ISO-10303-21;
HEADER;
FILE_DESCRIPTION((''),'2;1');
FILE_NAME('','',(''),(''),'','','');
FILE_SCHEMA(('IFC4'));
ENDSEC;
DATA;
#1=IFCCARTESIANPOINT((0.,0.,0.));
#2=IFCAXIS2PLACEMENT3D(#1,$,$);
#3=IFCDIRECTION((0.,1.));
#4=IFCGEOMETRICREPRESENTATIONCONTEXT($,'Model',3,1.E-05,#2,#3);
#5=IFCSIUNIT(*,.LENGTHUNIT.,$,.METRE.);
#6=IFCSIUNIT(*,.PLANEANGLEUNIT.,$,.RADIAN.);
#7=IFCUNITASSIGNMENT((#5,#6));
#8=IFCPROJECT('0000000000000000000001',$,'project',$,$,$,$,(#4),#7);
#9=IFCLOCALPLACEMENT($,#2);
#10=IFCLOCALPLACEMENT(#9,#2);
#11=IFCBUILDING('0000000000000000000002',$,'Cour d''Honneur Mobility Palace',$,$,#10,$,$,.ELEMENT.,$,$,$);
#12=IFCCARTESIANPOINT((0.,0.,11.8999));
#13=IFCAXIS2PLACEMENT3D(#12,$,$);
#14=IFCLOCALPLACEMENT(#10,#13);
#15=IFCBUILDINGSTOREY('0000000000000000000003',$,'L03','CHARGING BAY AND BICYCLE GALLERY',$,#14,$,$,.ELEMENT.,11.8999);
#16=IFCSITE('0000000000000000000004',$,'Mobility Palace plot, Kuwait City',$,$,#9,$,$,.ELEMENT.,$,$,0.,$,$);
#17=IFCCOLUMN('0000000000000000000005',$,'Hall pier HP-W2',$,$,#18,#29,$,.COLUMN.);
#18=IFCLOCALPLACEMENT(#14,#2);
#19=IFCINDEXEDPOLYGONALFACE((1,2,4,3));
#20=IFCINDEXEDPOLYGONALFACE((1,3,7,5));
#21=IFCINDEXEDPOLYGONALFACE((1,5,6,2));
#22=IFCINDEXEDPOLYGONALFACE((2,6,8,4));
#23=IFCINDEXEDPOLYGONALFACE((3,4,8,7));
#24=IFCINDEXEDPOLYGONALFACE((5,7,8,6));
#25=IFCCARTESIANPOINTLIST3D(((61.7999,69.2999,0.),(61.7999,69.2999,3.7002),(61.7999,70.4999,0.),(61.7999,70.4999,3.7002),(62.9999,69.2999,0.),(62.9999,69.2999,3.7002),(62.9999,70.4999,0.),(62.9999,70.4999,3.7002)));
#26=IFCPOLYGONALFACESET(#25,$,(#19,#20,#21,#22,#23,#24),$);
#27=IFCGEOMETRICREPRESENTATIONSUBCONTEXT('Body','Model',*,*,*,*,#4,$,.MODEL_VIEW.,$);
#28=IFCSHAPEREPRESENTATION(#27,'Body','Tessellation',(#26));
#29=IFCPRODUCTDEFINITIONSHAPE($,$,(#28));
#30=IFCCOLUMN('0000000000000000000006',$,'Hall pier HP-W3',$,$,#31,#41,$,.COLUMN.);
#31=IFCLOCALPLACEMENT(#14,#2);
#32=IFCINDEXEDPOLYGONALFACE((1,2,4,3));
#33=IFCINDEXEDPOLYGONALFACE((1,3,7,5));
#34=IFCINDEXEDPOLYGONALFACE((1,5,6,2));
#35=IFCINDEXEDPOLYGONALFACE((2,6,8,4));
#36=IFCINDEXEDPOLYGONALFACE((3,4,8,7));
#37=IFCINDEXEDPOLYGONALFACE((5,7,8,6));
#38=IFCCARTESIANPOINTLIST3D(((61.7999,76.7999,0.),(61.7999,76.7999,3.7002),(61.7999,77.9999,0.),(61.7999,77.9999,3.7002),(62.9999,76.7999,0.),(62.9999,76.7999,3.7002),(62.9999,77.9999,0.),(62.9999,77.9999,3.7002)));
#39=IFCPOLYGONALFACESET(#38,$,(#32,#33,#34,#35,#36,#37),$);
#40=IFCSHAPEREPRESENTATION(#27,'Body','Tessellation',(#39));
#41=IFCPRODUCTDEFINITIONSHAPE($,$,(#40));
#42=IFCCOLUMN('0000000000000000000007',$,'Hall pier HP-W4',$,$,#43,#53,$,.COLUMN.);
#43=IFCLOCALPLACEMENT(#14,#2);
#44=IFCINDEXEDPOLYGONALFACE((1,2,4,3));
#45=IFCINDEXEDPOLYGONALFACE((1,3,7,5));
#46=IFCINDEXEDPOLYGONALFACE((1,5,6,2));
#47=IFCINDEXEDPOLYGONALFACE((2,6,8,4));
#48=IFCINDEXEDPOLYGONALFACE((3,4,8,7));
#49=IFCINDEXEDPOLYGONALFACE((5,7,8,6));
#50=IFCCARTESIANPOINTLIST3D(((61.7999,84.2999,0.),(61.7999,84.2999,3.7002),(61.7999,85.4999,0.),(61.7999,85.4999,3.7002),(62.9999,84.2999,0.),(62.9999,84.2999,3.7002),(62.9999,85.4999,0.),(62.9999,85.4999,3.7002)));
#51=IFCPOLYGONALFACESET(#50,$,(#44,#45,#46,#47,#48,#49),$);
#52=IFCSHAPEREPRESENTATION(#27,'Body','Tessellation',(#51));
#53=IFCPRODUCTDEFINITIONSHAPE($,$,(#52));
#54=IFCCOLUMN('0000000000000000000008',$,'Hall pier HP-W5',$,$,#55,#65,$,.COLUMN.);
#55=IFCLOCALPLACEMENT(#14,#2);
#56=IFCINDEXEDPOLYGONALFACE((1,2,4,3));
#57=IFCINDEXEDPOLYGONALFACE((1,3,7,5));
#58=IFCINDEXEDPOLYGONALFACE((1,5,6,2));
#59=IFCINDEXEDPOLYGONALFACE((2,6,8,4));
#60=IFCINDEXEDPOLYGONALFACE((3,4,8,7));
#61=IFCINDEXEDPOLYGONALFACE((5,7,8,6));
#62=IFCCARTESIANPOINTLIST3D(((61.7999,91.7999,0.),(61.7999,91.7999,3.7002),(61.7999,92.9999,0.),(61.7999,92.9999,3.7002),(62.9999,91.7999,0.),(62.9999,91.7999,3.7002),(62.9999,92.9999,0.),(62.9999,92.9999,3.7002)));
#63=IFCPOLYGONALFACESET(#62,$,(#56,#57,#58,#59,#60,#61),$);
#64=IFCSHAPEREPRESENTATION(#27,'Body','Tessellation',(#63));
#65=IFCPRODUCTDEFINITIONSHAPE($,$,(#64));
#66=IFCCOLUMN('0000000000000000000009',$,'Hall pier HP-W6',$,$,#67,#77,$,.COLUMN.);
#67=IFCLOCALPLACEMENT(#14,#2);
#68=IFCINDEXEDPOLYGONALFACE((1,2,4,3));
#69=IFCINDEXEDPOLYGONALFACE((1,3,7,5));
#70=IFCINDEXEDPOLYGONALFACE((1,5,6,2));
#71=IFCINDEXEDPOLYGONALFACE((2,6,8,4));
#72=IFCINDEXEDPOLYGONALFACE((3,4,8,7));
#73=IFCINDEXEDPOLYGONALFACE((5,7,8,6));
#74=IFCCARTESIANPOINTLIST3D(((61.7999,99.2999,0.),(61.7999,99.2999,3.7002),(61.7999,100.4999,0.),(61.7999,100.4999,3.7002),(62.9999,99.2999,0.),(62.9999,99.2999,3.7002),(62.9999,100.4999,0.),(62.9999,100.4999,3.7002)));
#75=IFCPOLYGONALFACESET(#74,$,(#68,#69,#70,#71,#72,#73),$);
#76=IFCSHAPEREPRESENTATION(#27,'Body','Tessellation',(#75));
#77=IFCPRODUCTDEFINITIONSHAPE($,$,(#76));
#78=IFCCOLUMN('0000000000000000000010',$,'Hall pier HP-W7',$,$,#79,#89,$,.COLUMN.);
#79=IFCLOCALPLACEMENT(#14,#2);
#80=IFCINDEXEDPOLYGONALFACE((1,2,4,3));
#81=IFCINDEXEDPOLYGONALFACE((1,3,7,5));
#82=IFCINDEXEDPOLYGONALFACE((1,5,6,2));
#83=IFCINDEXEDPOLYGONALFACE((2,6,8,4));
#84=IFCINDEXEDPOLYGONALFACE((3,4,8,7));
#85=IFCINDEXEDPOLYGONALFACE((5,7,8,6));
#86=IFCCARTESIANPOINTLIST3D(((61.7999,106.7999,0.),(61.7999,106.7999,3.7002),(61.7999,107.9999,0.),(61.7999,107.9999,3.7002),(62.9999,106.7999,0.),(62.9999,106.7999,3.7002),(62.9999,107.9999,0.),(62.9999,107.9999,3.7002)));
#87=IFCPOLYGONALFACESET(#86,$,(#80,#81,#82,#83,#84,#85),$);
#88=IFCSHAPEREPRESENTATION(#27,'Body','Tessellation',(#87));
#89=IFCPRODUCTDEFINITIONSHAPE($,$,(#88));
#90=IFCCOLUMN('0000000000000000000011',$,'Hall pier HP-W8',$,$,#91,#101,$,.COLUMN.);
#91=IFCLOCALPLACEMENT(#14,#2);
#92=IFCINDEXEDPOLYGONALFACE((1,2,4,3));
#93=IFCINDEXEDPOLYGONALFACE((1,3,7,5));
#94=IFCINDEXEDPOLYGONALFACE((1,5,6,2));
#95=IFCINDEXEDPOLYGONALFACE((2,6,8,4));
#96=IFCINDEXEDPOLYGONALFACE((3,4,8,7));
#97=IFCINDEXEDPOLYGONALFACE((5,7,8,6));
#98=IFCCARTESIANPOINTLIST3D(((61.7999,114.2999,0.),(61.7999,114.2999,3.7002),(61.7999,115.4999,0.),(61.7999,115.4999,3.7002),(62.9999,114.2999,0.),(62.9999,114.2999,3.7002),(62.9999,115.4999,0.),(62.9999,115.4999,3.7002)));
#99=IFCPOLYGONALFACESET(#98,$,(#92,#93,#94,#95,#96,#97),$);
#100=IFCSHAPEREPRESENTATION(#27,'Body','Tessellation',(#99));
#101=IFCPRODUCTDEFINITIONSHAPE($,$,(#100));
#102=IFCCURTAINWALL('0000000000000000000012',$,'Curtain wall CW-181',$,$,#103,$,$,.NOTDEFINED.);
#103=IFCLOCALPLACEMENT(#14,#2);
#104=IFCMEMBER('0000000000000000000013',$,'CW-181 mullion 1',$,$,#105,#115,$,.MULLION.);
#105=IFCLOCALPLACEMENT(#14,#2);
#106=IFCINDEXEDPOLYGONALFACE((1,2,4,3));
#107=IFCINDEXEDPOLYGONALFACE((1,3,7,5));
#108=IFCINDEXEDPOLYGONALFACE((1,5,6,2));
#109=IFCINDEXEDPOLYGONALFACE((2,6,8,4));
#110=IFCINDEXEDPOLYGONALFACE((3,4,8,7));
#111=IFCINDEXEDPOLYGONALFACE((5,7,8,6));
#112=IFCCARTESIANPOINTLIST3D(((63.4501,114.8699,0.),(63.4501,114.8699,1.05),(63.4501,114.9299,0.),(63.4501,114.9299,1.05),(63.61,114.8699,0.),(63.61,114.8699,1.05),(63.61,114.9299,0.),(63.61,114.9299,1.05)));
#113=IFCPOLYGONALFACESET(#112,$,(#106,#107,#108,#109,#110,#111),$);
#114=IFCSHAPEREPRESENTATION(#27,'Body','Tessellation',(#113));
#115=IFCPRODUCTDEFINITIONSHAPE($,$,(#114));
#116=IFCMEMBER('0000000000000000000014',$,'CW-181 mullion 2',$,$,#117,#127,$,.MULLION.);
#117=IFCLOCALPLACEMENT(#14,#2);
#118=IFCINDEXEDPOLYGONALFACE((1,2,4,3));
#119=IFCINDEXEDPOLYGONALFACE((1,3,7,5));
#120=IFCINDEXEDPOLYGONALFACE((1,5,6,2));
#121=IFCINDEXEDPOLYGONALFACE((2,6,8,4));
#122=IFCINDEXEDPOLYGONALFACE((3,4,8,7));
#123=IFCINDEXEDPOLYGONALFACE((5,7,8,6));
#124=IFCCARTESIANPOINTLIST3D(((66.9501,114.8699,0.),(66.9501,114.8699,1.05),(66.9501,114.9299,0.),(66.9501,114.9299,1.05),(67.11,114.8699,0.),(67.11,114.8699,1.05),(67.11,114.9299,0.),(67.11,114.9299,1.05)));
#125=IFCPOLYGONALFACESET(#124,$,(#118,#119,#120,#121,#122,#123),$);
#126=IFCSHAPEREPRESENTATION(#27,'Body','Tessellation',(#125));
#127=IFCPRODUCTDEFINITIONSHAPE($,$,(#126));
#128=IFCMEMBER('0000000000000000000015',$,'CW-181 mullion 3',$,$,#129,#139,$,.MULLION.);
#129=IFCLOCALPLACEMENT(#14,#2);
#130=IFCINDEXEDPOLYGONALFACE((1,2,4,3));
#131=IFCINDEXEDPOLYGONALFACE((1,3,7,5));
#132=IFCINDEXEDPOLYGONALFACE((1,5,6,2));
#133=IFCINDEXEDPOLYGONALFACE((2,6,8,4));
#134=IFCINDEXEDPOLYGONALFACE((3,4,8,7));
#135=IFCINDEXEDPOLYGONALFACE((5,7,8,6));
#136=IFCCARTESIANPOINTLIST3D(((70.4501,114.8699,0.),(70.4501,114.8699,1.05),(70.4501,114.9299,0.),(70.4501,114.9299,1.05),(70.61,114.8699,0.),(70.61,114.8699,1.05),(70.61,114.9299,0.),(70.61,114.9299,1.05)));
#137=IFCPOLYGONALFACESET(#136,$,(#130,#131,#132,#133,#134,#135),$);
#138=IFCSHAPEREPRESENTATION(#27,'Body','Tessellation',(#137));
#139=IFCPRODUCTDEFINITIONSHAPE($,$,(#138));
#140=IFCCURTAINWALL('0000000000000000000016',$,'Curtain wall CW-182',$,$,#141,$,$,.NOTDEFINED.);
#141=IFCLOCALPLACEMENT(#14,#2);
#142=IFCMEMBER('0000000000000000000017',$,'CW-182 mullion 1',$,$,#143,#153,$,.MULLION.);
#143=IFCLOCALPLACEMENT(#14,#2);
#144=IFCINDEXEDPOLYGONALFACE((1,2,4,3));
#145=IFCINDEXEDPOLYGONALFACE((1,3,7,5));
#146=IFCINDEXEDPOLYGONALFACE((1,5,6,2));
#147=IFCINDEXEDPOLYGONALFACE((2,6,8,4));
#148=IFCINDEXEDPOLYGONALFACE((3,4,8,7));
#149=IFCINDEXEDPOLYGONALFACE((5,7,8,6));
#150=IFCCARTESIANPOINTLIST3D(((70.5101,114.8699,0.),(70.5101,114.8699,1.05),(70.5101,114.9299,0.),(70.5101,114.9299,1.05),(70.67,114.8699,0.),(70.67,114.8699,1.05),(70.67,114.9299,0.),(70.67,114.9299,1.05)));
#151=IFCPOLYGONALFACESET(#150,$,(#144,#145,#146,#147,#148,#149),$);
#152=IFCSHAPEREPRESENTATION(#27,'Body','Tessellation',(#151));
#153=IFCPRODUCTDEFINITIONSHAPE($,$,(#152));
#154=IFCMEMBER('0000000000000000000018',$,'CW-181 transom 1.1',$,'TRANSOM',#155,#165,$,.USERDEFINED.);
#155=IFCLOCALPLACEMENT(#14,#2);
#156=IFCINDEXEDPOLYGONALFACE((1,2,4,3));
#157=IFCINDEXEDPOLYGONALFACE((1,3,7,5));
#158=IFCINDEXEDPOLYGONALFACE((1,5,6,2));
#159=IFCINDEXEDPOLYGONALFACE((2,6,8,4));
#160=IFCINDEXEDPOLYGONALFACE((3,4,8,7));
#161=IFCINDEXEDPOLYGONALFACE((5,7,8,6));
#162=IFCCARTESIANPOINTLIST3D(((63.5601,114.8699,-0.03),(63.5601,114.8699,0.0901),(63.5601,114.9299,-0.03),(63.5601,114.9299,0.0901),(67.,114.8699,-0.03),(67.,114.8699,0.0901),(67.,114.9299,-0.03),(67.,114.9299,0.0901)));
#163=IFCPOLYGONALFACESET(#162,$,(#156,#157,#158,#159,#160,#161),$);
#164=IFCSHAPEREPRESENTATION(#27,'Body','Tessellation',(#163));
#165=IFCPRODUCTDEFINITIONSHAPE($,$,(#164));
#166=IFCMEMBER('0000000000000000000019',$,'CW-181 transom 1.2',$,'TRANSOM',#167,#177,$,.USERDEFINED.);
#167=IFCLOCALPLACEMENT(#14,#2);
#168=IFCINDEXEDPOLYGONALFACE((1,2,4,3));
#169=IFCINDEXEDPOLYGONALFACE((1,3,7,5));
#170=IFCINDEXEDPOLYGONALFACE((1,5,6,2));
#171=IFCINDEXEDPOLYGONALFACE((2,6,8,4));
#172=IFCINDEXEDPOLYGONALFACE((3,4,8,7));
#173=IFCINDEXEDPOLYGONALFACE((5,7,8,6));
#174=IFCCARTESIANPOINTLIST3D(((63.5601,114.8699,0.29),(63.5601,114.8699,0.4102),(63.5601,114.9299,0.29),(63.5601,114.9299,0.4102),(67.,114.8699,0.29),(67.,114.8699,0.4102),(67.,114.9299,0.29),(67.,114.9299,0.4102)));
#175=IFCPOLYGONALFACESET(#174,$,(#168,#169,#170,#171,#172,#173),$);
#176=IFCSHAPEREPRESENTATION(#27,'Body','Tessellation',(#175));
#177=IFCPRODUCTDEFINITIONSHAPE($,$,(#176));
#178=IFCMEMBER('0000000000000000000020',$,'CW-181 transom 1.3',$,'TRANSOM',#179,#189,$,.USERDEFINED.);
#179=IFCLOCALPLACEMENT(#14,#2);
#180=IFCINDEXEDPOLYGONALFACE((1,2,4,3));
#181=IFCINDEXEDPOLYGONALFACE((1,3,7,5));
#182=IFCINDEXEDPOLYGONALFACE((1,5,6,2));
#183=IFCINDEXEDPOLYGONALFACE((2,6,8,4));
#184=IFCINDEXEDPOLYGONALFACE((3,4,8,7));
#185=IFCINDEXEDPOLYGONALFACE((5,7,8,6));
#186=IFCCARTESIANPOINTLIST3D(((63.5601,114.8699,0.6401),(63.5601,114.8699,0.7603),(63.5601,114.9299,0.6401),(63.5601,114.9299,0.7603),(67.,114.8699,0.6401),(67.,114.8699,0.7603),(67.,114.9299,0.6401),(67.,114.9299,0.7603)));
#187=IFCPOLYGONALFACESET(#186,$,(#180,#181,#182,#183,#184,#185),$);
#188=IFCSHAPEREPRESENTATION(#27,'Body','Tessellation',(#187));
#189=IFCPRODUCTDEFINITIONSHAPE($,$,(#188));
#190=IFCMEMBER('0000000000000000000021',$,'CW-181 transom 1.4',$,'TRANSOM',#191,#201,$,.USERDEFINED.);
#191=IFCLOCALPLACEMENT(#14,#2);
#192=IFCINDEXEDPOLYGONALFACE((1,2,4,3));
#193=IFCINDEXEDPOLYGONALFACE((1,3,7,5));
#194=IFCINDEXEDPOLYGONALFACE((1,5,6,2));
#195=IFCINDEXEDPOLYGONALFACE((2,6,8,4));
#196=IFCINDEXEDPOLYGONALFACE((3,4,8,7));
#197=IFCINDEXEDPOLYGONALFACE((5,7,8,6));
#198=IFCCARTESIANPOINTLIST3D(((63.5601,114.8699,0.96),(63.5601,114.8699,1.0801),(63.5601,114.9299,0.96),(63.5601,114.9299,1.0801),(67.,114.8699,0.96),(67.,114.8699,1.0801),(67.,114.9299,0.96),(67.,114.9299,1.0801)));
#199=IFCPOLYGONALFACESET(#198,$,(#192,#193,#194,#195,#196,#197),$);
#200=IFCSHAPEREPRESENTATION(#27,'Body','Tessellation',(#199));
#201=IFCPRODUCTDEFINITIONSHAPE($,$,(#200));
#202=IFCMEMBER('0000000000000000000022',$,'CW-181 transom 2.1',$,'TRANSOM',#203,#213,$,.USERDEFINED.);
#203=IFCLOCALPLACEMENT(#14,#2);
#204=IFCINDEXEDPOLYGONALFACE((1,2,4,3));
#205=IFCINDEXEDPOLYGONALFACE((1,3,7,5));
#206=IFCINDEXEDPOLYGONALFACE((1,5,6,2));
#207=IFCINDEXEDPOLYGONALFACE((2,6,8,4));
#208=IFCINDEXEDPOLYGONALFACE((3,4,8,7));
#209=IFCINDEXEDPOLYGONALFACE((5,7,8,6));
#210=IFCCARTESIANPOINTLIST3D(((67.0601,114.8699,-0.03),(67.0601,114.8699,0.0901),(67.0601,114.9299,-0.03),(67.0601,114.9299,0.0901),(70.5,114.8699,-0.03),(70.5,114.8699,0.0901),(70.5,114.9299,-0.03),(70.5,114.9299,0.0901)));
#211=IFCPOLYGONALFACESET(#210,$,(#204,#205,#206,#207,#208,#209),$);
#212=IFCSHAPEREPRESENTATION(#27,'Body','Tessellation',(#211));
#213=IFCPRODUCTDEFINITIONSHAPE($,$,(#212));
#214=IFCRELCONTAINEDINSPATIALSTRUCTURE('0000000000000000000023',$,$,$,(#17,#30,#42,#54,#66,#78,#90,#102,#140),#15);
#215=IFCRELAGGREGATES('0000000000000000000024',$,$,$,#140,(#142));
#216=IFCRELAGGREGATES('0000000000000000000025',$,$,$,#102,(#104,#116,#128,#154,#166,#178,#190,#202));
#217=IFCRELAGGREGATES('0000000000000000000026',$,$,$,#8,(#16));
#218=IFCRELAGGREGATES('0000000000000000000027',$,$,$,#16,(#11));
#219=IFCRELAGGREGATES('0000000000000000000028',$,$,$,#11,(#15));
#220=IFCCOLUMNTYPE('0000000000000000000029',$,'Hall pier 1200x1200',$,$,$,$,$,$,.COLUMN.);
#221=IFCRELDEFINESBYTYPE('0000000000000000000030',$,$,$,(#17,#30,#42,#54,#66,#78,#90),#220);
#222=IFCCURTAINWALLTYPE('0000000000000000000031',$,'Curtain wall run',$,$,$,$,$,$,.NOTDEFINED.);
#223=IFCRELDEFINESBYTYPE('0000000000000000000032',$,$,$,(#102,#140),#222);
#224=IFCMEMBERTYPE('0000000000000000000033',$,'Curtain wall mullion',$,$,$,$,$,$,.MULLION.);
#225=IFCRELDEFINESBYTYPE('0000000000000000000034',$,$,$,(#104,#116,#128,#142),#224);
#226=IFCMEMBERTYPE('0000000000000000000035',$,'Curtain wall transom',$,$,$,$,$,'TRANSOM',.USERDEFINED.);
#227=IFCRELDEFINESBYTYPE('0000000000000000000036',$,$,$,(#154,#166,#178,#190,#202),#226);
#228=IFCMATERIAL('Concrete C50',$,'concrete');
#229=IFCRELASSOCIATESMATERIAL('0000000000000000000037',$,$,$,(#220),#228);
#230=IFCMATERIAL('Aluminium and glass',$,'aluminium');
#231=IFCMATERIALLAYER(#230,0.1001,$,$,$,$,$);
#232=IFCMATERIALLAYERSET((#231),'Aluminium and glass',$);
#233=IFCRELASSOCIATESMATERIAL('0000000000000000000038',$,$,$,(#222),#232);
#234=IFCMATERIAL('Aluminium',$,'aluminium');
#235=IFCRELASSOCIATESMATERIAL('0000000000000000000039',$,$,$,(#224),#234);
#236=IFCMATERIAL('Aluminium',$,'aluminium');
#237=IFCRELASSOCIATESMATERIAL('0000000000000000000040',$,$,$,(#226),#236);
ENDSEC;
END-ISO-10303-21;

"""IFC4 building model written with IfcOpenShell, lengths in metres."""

from ifc_helpers import new_model, si_unit, direction, frame, origin, origin_2d, place, context, subcontext, project, spatial, rectangle, extrude, material, layer, layer_set, material_profile, profile_set, type_object, element, aggregate, save


model = new_model("IFC4")

# Units and contexts
model_context = context("Model", 3, precision=1e-05, world=origin(), true_north=direction((0.0, 1.0)))
body_context = subcontext(model_context, "Body", "Model", "MODEL_VIEW")
ifc_project = project(units=[si_unit("LENGTHUNIT", "METRE"), si_unit("PLANEANGLEUNIT", "RADIAN")], contexts=[model_context])

# Site, building, storey
site_placement = place(None, origin())
site = spatial("IfcSite", under=ifc_project, at=site_placement, Name="Mobility Palace plot, Kuwait City", CompositionType="ELEMENT", RefElevation=0.0)
building_placement = place(site_placement, origin())
building = spatial("IfcBuilding", under=site, at=building_placement, Name="Cour d'Honneur Mobility Palace", CompositionType="ELEMENT")
storey_placement = place(building_placement, frame((0.0, 0.0, 11.8999)))
storey = spatial("IfcBuildingStorey", under=building, at=storey_placement, Name="L03", Description="CHARGING BAY AND BICYCLE GALLERY", CompositionType="ELEMENT", Elevation=11.8999)

# Columns
ifc_material_1 = material(Name="Concrete C50", Category="concrete")
ifc_material_profile_1 = material_profile(ifc_material_1, rectangle(XDim=1.2, YDim=1.2, at=origin_2d()), Name="Hall pier 1200x1200")
ifc_profile_set_1 = profile_set([ifc_material_profile_1], Name="Concrete C50")
column_type = type_object("IfcColumnType", Name="Hall pier 1200x1200", PredefinedType="COLUMN", material=ifc_profile_set_1)
for number, where, z_axis, x_axis, name in (
    (1, (62.3999, 69.8999, 0.0), (0.0, 0.0, 1.0), (1.0, 0.0, 0.0), "Hall pier HP-W2"),
    (2, (62.3999, 77.3999, 0.0), (0.0, 0.0, 1.0), (1.0, 0.0, 0.0), "Hall pier HP-W3"),
    (3, (62.3999, 84.8999, 0.0), (0.0, 0.0, 1.0), (1.0, 0.0, 0.0), "Hall pier HP-W4"),
    (4, (62.3999, 92.3999, 0.0), (0.0, 0.0, 1.0), (1.0, 0.0, 0.0), "Hall pier HP-W5"),
    (5, (62.3999, 99.8999, 0.0), (0.0, 0.0, 1.0), (1.0, 0.0, 0.0), "Hall pier HP-W6"),
    (6, (62.3999, 107.3999, 0.0), (0.0, 0.0, 1.0), (1.0, 0.0, 0.0), "Hall pier HP-W7"),
    (7, (62.3999, 114.8999, 0.0), (0.0, 0.0, 1.0), (1.0, 0.0, 0.0), "Hall pier HP-W8"),
):
    element("IfcColumn", number, at=place(storey_placement, frame(where, z_axis=z_axis, x_axis=x_axis)), inside=storey, type_object=column_type, Name=name, PredefinedType="COLUMN", context=body_context, shape_type="SweptSolid", body=[
        extrude(rectangle(XDim=1.2, YDim=1.2, at=origin_2d()), origin(), (0.0, 0.0, 1.0), 3.7002),
    ])

# Curtain wall, members
ifc_material_2 = material(Name="Aluminium and glass", Category="aluminium")
ifc_layer_1 = layer(ifc_material_2, 0.1001)
ifc_layer_set_1 = layer_set([ifc_layer_1], Name="Aluminium and glass")
curtain_wall_type = type_object("IfcCurtainWallType", Name="Curtain wall run", PredefinedType="NOTDEFINED", material=ifc_layer_set_1)
curtain_wall_1_placement = place(storey_placement, origin())
curtain_wall_1 = element("IfcCurtainWall", 8, at=curtain_wall_1_placement, inside=storey, type_object=curtain_wall_type, Name="Curtain wall CW-181", PredefinedType="NOTDEFINED")
ifc_material_3 = material(Name="Aluminium", Category="aluminium")
ifc_material_profile_2 = material_profile(ifc_material_3, rectangle(XDim=0.0601, YDim=0.1599, at=origin_2d()), Name="Curtain wall mullion")
ifc_profile_set_2 = profile_set([ifc_material_profile_2], Name="Aluminium")
member_type_1 = type_object("IfcMemberType", Name="Curtain wall mullion", PredefinedType="MULLION", material=ifc_profile_set_2)
member_1_placement = place(storey_placement, frame((63.53, 114.8999, 0.0), z_axis=(0.0, 0.0, 1.0), x_axis=(0.0, 1.0, 0.0)))
member_1 = element("IfcMember", 9, at=member_1_placement, type_object=member_type_1, Name="CW-181 mullion 1", PredefinedType="MULLION", context=body_context, shape_type="SweptSolid", body=[
    extrude(rectangle(XDim=0.0601, YDim=0.1599, at=origin_2d()), origin(), (0.0, 0.0, 1.0), 1.05),
])
member_2_placement = place(storey_placement, frame((67.03, 114.8999, 0.0), z_axis=(0.0, 0.0, 1.0), x_axis=(0.0, 1.0, 0.0)))
member_2 = element("IfcMember", 10, at=member_2_placement, type_object=member_type_1, Name="CW-181 mullion 2", PredefinedType="MULLION", context=body_context, shape_type="SweptSolid", body=[
    extrude(rectangle(XDim=0.0601, YDim=0.1599, at=origin_2d()), origin(), (0.0, 0.0, 1.0), 1.05),
])
member_3_placement = place(storey_placement, frame((70.53, 114.8999, 0.0), z_axis=(0.0, 0.0, 1.0), x_axis=(0.0, 1.0, 0.0)))
member_3 = element("IfcMember", 11, at=member_3_placement, type_object=member_type_1, Name="CW-181 mullion 3", PredefinedType="MULLION", context=body_context, shape_type="SweptSolid", body=[
    extrude(rectangle(XDim=0.0601, YDim=0.1599, at=origin_2d()), origin(), (0.0, 0.0, 1.0), 1.05),
])

# Curtain wall, member
curtain_wall_2_placement = place(storey_placement, origin())
curtain_wall_2 = element("IfcCurtainWall", 12, at=curtain_wall_2_placement, inside=storey, type_object=curtain_wall_type, Name="Curtain wall CW-182", PredefinedType="NOTDEFINED")
member_4_placement = place(storey_placement, frame((70.5901, 114.8999, 0.0), z_axis=(0.0, 0.0, 1.0), x_axis=(0.0, 1.0, 0.0)))
member_4 = element("IfcMember", 13, at=member_4_placement, type_object=member_type_1, Name="CW-182 mullion 1", PredefinedType="MULLION", context=body_context, shape_type="SweptSolid", body=[
    extrude(rectangle(XDim=0.0601, YDim=0.1599, at=origin_2d()), origin(), (0.0, 0.0, 1.0), 1.05),
])

# Members
ifc_material_4 = material(Name="Aluminium", Category="aluminium")
ifc_material_profile_3 = material_profile(ifc_material_4, rectangle(XDim=0.0601, YDim=0.1201, at=origin_2d()), Name="Curtain wall transom")
ifc_profile_set_3 = profile_set([ifc_material_profile_3], Name="Aluminium")
member_type_2 = type_object("IfcMemberType", Name="Curtain wall transom", ElementType="TRANSOM", PredefinedType="USERDEFINED", material=ifc_profile_set_3)
member_5_placement = place(storey_placement, frame((63.5601, 114.8999, 0.03), z_axis=(1.0, 0.0, 0.0), x_axis=(0.0, 1.0, 0.0)))
member_5 = element("IfcMember", 14, at=member_5_placement, type_object=member_type_2, Name="CW-181 transom 1.1", ObjectType="TRANSOM", PredefinedType="USERDEFINED", context=body_context, shape_type="SweptSolid", body=[
    extrude(rectangle(XDim=0.0601, YDim=0.1201, at=origin_2d()), origin(), (0.0, 0.0, 1.0), 3.4399),
])
member_6_placement = place(storey_placement, frame((63.5601, 114.8999, 0.3501), z_axis=(1.0, 0.0, 0.0), x_axis=(0.0, 1.0, 0.0)))
member_6 = element("IfcMember", 15, at=member_6_placement, type_object=member_type_2, Name="CW-181 transom 1.2", ObjectType="TRANSOM", PredefinedType="USERDEFINED", context=body_context, shape_type="SweptSolid", body=[
    extrude(rectangle(XDim=0.0601, YDim=0.1201, at=origin_2d()), origin(), (0.0, 0.0, 1.0), 3.4399),
])
member_7_placement = place(storey_placement, frame((63.5601, 114.8999, 0.7002), z_axis=(1.0, 0.0, 0.0), x_axis=(0.0, 1.0, 0.0)))
member_7 = element("IfcMember", 16, at=member_7_placement, type_object=member_type_2, Name="CW-181 transom 1.3", ObjectType="TRANSOM", PredefinedType="USERDEFINED", context=body_context, shape_type="SweptSolid", body=[
    extrude(rectangle(XDim=0.0601, YDim=0.1201, at=origin_2d()), origin(), (0.0, 0.0, 1.0), 3.4399),
])
member_8_placement = place(storey_placement, frame((63.5601, 114.8999, 1.02), z_axis=(1.0, 0.0, 0.0), x_axis=(0.0, 1.0, 0.0)))
member_8 = element("IfcMember", 17, at=member_8_placement, type_object=member_type_2, Name="CW-181 transom 1.4", ObjectType="TRANSOM", PredefinedType="USERDEFINED", context=body_context, shape_type="SweptSolid", body=[
    extrude(rectangle(XDim=0.0601, YDim=0.1201, at=origin_2d()), origin(), (0.0, 0.0, 1.0), 3.4399),
])
member_9_placement = place(storey_placement, frame((67.0601, 114.8999, 0.03), z_axis=(1.0, 0.0, 0.0), x_axis=(0.0, 1.0, 0.0)))
member_9 = element("IfcMember", 18, at=member_9_placement, type_object=member_type_2, Name="CW-181 transom 2.1", ObjectType="TRANSOM", PredefinedType="USERDEFINED", context=body_context, shape_type="SweptSolid", body=[
    extrude(rectangle(XDim=0.0601, YDim=0.1201, at=origin_2d()), origin(), (0.0, 0.0, 1.0), 3.4399),
])
aggregate(curtain_wall_2, [member_4])

aggregate(curtain_wall_1, [member_1, member_2, member_3, member_5, member_6, member_7, member_8, member_9])

save(model, "model.ifc")
